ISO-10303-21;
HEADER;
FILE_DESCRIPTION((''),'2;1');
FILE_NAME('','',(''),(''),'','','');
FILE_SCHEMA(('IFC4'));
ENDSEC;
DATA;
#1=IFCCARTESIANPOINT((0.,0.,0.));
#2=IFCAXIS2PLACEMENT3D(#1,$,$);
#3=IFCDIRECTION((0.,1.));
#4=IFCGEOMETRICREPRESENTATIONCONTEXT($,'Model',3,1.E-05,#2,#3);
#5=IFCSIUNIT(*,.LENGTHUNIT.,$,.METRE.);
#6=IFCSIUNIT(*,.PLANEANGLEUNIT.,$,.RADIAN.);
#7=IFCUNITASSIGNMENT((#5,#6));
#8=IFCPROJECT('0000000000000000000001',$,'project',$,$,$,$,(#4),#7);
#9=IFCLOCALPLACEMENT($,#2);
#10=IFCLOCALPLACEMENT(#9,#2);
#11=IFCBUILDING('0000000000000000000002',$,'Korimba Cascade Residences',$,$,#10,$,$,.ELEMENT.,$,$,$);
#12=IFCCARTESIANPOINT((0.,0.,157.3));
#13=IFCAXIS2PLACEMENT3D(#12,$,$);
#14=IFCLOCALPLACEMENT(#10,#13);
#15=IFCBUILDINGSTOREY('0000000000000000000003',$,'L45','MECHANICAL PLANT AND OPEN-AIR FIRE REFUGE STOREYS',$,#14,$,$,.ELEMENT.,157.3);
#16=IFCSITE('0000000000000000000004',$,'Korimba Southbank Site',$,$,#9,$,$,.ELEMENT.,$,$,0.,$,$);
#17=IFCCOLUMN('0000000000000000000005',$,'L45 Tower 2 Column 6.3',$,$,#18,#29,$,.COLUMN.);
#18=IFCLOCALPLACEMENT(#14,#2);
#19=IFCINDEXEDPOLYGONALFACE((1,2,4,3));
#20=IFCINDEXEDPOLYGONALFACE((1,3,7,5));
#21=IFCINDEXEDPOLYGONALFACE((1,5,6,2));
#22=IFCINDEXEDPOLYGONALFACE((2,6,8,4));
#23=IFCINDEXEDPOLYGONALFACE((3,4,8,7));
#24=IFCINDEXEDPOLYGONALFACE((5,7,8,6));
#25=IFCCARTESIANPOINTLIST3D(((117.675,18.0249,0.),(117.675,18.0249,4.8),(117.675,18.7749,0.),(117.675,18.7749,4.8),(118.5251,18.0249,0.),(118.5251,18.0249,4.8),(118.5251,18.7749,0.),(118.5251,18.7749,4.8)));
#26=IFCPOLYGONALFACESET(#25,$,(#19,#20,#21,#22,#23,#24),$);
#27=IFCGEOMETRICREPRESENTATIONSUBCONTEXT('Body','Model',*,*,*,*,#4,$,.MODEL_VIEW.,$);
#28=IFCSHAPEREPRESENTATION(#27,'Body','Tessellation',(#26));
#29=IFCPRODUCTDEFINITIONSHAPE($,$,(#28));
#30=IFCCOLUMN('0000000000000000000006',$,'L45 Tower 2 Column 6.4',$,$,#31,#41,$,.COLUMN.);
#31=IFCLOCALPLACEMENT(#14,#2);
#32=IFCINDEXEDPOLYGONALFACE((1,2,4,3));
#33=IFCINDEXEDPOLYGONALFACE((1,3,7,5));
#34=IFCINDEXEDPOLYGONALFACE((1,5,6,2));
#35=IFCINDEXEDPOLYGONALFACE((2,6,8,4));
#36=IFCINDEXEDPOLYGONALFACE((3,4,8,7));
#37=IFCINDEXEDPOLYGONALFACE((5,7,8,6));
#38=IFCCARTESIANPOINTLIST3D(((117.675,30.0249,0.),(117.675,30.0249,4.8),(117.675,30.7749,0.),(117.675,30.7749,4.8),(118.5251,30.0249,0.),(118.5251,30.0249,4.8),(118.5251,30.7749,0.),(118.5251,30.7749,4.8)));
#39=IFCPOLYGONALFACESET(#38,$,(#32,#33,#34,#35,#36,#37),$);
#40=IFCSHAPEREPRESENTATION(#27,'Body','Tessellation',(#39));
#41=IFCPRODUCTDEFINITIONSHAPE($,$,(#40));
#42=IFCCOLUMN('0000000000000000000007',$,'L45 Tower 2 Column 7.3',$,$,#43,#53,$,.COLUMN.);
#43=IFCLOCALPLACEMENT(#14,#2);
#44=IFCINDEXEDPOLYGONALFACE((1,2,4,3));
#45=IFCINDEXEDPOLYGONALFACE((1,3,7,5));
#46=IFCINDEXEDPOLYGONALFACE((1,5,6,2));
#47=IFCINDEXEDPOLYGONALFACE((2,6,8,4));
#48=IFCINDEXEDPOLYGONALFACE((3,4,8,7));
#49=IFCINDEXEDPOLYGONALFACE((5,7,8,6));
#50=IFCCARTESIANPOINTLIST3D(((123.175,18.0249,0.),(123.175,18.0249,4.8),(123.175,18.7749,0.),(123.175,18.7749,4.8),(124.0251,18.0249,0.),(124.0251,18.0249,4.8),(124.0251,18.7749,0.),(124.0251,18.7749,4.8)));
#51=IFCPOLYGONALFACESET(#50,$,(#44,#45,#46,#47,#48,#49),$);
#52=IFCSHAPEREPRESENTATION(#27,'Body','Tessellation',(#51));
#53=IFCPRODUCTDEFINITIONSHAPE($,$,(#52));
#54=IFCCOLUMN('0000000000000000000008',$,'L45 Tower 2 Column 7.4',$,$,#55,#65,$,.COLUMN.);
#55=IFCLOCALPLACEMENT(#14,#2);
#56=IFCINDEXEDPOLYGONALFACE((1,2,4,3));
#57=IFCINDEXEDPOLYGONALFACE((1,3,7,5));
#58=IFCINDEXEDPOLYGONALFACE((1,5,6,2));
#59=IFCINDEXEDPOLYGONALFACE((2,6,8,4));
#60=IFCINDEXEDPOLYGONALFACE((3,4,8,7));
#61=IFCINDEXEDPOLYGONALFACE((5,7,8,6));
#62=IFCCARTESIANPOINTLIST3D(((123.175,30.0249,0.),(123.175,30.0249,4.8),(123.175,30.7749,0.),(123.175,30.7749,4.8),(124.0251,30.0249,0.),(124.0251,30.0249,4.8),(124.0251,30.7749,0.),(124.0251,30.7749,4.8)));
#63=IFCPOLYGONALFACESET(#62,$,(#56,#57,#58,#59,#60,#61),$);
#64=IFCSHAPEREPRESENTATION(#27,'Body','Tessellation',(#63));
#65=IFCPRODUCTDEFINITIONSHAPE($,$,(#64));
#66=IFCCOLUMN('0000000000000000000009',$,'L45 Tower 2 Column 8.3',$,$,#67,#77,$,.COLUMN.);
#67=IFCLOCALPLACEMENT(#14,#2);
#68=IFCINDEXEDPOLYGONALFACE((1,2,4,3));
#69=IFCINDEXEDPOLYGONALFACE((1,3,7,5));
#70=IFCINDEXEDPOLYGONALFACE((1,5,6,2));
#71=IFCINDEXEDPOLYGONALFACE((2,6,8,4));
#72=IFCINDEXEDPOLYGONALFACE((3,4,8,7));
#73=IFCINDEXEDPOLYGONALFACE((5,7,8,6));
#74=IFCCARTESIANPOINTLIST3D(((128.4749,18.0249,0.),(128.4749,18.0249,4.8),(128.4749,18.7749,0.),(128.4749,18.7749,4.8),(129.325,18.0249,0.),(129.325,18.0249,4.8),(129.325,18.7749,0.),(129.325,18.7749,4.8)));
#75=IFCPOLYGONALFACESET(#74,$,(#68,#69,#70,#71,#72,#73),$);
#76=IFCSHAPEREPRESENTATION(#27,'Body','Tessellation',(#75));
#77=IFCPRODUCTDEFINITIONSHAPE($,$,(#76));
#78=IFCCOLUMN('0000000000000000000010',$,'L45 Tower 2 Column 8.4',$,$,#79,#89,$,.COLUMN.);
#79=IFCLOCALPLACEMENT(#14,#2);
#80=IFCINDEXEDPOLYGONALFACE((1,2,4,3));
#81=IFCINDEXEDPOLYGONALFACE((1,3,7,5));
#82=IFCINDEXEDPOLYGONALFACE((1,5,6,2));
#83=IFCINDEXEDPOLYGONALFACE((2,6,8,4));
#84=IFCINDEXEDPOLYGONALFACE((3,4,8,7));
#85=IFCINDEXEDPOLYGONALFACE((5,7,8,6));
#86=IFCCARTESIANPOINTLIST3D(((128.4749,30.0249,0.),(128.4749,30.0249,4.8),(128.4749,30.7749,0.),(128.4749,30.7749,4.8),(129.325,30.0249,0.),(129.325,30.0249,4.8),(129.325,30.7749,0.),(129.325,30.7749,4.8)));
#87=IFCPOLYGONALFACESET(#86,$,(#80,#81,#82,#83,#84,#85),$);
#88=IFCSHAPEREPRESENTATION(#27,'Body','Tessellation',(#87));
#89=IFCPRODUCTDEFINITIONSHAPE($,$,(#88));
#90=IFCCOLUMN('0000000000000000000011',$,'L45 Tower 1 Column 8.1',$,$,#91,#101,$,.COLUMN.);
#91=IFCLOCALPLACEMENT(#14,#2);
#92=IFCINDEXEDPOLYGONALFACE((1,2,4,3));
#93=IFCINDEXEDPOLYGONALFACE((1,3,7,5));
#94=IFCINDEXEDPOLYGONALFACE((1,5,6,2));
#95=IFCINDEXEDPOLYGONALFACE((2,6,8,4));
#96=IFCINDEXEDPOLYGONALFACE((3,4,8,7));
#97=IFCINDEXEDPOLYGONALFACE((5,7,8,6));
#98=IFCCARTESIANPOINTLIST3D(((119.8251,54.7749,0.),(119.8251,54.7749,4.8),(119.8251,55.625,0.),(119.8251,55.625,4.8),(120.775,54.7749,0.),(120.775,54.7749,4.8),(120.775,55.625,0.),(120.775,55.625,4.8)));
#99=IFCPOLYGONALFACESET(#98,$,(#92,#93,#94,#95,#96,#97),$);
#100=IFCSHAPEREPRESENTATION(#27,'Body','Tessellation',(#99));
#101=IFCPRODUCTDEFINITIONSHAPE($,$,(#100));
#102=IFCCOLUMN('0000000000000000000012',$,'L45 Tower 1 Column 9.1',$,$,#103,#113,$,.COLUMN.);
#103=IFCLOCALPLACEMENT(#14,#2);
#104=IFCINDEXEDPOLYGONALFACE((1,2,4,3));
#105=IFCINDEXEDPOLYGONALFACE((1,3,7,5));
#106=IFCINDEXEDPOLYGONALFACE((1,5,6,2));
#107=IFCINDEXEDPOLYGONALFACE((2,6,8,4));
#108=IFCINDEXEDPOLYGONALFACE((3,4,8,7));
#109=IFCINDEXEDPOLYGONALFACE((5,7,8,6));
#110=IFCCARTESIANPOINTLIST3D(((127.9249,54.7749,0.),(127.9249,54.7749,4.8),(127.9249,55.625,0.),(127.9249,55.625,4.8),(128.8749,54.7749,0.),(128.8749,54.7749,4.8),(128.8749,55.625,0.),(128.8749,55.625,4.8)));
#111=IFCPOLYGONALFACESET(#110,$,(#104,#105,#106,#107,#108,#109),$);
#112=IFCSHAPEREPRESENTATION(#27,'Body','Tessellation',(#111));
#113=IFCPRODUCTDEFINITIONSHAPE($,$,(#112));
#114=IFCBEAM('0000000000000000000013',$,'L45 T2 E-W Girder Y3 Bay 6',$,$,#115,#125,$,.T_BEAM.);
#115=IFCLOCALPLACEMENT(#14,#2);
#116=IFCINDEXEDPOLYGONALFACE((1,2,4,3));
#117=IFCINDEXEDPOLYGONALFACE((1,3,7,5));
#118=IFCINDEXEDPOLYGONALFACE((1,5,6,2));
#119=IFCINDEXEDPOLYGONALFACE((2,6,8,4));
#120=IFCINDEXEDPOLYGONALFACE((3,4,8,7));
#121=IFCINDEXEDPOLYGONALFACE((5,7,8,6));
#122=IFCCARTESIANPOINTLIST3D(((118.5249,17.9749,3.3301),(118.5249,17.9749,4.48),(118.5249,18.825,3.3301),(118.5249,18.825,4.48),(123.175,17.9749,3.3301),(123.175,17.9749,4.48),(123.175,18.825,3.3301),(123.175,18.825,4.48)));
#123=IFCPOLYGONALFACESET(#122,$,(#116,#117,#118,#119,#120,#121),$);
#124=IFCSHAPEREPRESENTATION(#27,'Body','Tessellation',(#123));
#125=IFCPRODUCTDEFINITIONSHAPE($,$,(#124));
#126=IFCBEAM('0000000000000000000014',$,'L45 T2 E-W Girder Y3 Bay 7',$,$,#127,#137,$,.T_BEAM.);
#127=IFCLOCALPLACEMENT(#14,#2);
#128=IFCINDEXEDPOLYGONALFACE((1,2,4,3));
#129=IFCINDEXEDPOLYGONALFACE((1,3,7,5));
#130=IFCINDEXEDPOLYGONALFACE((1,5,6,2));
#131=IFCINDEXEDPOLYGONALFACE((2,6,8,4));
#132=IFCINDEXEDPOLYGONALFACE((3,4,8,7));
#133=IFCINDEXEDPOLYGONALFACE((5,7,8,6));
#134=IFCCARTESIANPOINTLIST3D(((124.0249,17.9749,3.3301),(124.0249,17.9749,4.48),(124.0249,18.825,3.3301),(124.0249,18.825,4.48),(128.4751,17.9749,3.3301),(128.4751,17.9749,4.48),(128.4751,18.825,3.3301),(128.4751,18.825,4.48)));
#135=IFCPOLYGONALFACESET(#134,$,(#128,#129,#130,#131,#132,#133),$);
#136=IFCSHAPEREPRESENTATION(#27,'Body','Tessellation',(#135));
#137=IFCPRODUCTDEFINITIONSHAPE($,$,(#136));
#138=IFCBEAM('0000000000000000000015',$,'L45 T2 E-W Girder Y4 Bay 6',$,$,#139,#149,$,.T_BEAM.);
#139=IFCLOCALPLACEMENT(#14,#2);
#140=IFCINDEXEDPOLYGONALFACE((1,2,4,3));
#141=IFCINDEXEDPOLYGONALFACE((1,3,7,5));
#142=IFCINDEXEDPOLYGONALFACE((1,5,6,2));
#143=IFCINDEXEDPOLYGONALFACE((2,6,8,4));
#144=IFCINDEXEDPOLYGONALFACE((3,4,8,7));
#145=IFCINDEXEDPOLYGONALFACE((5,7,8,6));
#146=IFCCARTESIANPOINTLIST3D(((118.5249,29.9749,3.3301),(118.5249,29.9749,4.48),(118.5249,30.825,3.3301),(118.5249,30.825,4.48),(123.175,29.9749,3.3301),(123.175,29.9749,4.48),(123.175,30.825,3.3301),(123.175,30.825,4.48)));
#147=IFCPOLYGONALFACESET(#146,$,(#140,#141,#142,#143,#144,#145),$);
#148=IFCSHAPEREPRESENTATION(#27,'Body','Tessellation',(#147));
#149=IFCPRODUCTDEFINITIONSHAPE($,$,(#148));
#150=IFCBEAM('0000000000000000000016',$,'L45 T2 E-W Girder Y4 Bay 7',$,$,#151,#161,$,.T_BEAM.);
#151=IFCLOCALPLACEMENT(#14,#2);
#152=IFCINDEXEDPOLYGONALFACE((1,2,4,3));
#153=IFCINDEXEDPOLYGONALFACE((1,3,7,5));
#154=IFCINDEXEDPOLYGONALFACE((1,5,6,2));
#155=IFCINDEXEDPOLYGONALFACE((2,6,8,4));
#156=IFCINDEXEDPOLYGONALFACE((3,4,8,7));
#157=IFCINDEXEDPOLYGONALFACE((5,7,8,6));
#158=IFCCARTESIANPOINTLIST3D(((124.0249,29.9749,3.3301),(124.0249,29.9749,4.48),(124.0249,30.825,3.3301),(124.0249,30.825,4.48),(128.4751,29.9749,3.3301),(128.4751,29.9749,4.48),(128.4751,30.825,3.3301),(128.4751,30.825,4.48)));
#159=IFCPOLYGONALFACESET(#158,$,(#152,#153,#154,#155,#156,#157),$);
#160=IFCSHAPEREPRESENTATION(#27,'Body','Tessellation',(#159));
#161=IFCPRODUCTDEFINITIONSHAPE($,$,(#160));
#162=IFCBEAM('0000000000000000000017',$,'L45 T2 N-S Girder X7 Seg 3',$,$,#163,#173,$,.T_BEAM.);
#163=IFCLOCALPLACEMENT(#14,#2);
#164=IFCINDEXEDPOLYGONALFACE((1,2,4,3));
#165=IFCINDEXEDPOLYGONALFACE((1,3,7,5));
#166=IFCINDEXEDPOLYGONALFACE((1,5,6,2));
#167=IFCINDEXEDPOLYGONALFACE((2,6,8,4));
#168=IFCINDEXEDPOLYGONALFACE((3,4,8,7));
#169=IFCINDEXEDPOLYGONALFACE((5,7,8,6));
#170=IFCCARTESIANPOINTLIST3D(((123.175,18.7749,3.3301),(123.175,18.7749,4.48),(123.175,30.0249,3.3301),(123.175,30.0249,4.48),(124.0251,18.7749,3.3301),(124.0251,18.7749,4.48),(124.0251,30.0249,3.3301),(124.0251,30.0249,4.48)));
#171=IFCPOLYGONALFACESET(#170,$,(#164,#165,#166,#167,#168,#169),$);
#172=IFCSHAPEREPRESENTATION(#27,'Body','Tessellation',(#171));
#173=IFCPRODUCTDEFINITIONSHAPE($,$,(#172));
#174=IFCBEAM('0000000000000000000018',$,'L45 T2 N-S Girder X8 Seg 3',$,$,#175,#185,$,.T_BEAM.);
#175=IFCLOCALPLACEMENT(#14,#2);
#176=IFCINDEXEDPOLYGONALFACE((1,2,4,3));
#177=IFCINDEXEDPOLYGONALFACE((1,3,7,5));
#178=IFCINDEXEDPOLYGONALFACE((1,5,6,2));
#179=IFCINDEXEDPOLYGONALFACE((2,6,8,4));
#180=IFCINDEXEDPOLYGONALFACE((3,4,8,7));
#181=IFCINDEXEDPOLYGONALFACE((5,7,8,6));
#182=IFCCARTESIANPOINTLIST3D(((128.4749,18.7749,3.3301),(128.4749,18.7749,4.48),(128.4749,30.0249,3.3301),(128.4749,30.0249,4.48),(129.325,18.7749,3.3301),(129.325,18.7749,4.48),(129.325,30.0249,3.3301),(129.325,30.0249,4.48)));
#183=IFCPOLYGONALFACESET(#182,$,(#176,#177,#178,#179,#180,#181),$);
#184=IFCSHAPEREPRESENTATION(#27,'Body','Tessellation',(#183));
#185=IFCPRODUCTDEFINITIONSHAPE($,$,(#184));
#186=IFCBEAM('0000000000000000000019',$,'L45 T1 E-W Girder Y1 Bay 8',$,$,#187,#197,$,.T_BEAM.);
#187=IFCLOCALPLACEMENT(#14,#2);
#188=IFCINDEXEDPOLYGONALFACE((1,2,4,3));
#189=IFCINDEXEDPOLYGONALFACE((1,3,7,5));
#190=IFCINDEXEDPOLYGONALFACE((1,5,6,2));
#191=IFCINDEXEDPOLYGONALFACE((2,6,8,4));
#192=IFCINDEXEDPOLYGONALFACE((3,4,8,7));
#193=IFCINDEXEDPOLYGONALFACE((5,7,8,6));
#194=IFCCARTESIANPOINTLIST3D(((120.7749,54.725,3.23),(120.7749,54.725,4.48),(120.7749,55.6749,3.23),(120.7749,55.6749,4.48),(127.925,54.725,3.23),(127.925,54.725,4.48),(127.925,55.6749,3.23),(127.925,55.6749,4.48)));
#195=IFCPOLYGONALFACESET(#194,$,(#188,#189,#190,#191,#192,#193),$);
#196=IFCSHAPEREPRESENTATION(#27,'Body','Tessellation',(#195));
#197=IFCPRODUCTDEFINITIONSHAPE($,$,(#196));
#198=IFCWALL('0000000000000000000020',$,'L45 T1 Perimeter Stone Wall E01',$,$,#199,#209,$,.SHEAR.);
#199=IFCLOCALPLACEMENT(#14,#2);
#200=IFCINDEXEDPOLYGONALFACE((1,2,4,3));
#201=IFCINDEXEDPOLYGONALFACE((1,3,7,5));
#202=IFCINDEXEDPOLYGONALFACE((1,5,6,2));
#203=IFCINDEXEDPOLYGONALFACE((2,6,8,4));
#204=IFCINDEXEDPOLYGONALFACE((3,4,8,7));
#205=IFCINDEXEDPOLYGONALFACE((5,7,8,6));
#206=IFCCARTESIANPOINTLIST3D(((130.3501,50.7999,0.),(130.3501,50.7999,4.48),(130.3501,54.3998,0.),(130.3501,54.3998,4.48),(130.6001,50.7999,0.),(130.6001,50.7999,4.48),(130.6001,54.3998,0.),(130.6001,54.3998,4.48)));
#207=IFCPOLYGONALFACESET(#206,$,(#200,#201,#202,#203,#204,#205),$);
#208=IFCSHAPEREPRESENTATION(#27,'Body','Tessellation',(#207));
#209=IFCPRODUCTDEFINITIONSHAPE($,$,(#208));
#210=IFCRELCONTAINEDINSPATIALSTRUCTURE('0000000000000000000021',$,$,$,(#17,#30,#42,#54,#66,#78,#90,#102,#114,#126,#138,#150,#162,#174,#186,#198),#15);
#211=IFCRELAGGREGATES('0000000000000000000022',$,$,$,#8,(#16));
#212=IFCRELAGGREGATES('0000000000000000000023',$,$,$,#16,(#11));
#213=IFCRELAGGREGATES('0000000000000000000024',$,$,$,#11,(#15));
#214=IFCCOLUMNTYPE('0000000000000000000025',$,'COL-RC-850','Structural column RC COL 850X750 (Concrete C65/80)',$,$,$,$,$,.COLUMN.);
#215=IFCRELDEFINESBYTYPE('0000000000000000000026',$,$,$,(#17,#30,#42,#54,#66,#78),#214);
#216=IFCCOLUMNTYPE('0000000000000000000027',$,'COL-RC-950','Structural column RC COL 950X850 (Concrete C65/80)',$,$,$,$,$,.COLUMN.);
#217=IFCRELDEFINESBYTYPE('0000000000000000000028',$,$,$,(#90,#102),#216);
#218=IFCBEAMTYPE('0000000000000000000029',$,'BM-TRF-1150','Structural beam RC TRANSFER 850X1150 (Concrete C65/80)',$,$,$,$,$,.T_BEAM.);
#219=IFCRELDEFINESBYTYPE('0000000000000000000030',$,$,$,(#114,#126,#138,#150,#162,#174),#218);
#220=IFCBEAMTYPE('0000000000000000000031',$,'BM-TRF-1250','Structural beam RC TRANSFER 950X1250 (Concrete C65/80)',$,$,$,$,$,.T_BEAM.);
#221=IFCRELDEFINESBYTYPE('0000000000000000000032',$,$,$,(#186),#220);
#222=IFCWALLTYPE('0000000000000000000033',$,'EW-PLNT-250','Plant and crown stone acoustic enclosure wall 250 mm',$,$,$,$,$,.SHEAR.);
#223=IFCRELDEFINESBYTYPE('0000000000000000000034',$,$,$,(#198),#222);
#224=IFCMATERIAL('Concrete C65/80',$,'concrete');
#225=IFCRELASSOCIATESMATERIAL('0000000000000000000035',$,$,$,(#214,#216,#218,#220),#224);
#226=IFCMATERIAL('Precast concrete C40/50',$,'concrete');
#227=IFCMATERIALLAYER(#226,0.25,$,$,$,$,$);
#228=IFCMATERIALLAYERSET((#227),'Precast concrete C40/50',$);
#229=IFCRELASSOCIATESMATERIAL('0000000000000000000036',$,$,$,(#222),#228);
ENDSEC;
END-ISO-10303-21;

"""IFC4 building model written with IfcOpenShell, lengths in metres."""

from ifc_helpers import new_model, si_unit, direction, frame, frame_2d, origin, origin_2d, place, context, subcontext, project, spatial, rectangle, extrude, material, layer, layer_set, material_profile, profile_set, type_object, element, save


model = new_model("IFC4")

# Units and contexts
model_context = context("Model", 3, precision=1e-05, world=origin(), true_north=direction((0.0, 1.0)))
body_context = subcontext(model_context, "Body", "Model", "MODEL_VIEW")
ifc_project = project(units=[si_unit("LENGTHUNIT", "METRE"), si_unit("PLANEANGLEUNIT", "RADIAN")], contexts=[model_context])

# Site, building, storey
site_placement = place(None, origin())
site = spatial("IfcSite", under=ifc_project, at=site_placement, Name="Korimba Southbank Site", CompositionType="ELEMENT", RefElevation=0.0)
building_placement = place(site_placement, origin())
building = spatial("IfcBuilding", under=site, at=building_placement, Name="Korimba Cascade Residences", CompositionType="ELEMENT")
storey_placement = place(building_placement, frame((0.0, 0.0, 157.3)))
storey = spatial("IfcBuildingStorey", under=building, at=storey_placement, Name="L45", Description="MECHANICAL PLANT AND OPEN-AIR FIRE REFUGE STOREYS", CompositionType="ELEMENT", Elevation=157.3)

# Columns
ifc_material_1 = material(Name="Concrete C65/80", Category="concrete")
ifc_material_profile_1 = material_profile(ifc_material_1, rectangle(XDim=0.8501, YDim=0.75, at=origin_2d()), Name="Concrete C65/80")
ifc_profile_set_1 = profile_set([ifc_material_profile_1], Name="Concrete C65/80")
column_type_1 = type_object("IfcColumnType", Name="COL-RC-850", Description="Structural column RC COL 850X750 (Concrete C65/80)", PredefinedType="COLUMN", material=ifc_profile_set_1)
for number, where, z_axis, x_axis, name in (
    (1, (118.1001, 18.3999, 0.0), (0.0, 0.0, 1.0), (1.0, 0.0, 0.0), "L45 Tower 2 Column 6.3"),
    (2, (118.1001, 30.3999, 0.0), (0.0, 0.0, 1.0), (1.0, 0.0, 0.0), "L45 Tower 2 Column 6.4"),
    (3, (123.6001, 18.3999, 0.0), (0.0, 0.0, 1.0), (1.0, 0.0, 0.0), "L45 Tower 2 Column 7.3"),
    (4, (123.6001, 30.3999, 0.0), (0.0, 0.0, 1.0), (1.0, 0.0, 0.0), "L45 Tower 2 Column 7.4"),
    (5, (128.8999, 18.3999, 0.0), (0.0, 0.0, 1.0), (1.0, 0.0, 0.0), "L45 Tower 2 Column 8.3"),
    (6, (128.8999, 30.3999, 0.0), (0.0, 0.0, 1.0), (1.0, 0.0, 0.0), "L45 Tower 2 Column 8.4"),
):
    element("IfcColumn", number, at=place(storey_placement, frame(where, z_axis=z_axis, x_axis=x_axis)), inside=storey, type_object=column_type_1, Name=name, PredefinedType="COLUMN", context=body_context, shape_type="SweptSolid", body=[
        extrude(rectangle(XDim=0.8501, YDim=0.75, at=origin_2d()), origin(), (0.0, 0.0, 1.0), 4.8),
    ])
ifc_material_profile_2 = material_profile(ifc_material_1, rectangle(XDim=0.95, YDim=0.8501, at=origin_2d()), Name="Concrete C65/80")
ifc_profile_set_2 = profile_set([ifc_material_profile_2], Name="Concrete C65/80")
column_type_2 = type_object("IfcColumnType", Name="COL-RC-950", Description="Structural column RC COL 950X850 (Concrete C65/80)", PredefinedType="COLUMN", material=ifc_profile_set_2)
for number, where, z_axis, x_axis, name in (
    (7, (120.3, 55.2, 0.0), (0.0, 0.0, 1.0), (1.0, 0.0, 0.0), "L45 Tower 1 Column 8.1"),
    (8, (128.3999, 55.2, 0.0), (0.0, 0.0, 1.0), (1.0, 0.0, 0.0), "L45 Tower 1 Column 9.1"),
):
    element("IfcColumn", number, at=place(storey_placement, frame(where, z_axis=z_axis, x_axis=x_axis)), inside=storey, type_object=column_type_2, Name=name, PredefinedType="COLUMN", context=body_context, shape_type="SweptSolid", body=[
        extrude(rectangle(XDim=0.95, YDim=0.8501, at=origin_2d()), origin(), (0.0, 0.0, 1.0), 4.8),
    ])

# Beams
ifc_material_profile_3 = material_profile(ifc_material_1, rectangle(XDim=0.8501, YDim=1.1499, at=origin_2d()), Name="Concrete C65/80")
ifc_profile_set_3 = profile_set([ifc_material_profile_3], Name="Concrete C65/80")
beam_type_1 = type_object("IfcBeamType", Name="BM-TRF-1150", Description="Structural beam RC TRANSFER 850X1150 (Concrete C65/80)", PredefinedType="T_BEAM", material=ifc_profile_set_3)
beam_1_placement = place(storey_placement, frame((118.5249, 18.3999, 3.905), z_axis=(1.0, 0.0, 0.0), x_axis=(0.0, 1.0, 0.0)))
element("IfcBeam", 9, at=beam_1_placement, inside=storey, type_object=beam_type_1, Name="L45 T2 E-W Girder Y3 Bay 6", PredefinedType="T_BEAM", context=body_context, shape_type="SweptSolid", body=[
    extrude(rectangle(XDim=0.8501, YDim=1.1499, at=origin_2d()), origin(), (0.0, 0.0, 1.0), 4.6501),
])
beam_2_placement = place(storey_placement, frame((124.0249, 18.3999, 3.905), z_axis=(1.0, 0.0, 0.0), x_axis=(0.0, 1.0, 0.0)))
element("IfcBeam", 10, at=beam_2_placement, inside=storey, type_object=beam_type_1, Name="L45 T2 E-W Girder Y3 Bay 7", PredefinedType="T_BEAM", context=body_context, shape_type="SweptSolid", body=[
    extrude(rectangle(XDim=0.8501, YDim=1.1499, at=origin_2d()), origin(), (0.0, 0.0, 1.0), 4.4502),
])
beam_3_placement = place(storey_placement, frame((118.5249, 30.3999, 3.905), z_axis=(1.0, 0.0, 0.0), x_axis=(0.0, 1.0, 0.0)))
element("IfcBeam", 11, at=beam_3_placement, inside=storey, type_object=beam_type_1, Name="L45 T2 E-W Girder Y4 Bay 6", PredefinedType="T_BEAM", context=body_context, shape_type="SweptSolid", body=[
    extrude(rectangle(XDim=0.8501, YDim=1.1499, at=origin_2d()), origin(), (0.0, 0.0, 1.0), 4.6501),
])
beam_4_placement = place(storey_placement, frame((124.0249, 30.3999, 3.905), z_axis=(1.0, 0.0, 0.0), x_axis=(0.0, 1.0, 0.0)))
element("IfcBeam", 12, at=beam_4_placement, inside=storey, type_object=beam_type_1, Name="L45 T2 E-W Girder Y4 Bay 7", PredefinedType="T_BEAM", context=body_context, shape_type="SweptSolid", body=[
    extrude(rectangle(XDim=0.8501, YDim=1.1499, at=origin_2d()), origin(), (0.0, 0.0, 1.0), 4.4502),
])
for number, where, z_axis, x_axis, name in (
    (13, (123.6001, 18.7749, 3.905), (0.0, 1.0, 0.0), (-1.0, 0.0, 0.0), "L45 T2 N-S Girder X7 Seg 3"),
    (14, (128.8999, 18.7749, 3.905), (0.0, 1.0, 0.0), (-1.0, 0.0, 0.0), "L45 T2 N-S Girder X8 Seg 3"),
):
    element("IfcBeam", number, at=place(storey_placement, frame(where, z_axis=z_axis, x_axis=x_axis)), inside=storey, type_object=beam_type_1, Name=name, PredefinedType="T_BEAM", context=body_context, shape_type="SweptSolid", body=[
        extrude(rectangle(XDim=0.8501, YDim=1.1499, at=origin_2d()), origin(), (0.0, 0.0, 1.0), 11.25),
    ])
ifc_material_profile_4 = material_profile(ifc_material_1, rectangle(XDim=0.95, YDim=1.25, at=origin_2d()), Name="Concrete C65/80")
ifc_profile_set_4 = profile_set([ifc_material_profile_4], Name="Concrete C65/80")
beam_type_2 = type_object("IfcBeamType", Name="BM-TRF-1250", Description="Structural beam RC TRANSFER 950X1250 (Concrete C65/80)", PredefinedType="T_BEAM", material=ifc_profile_set_4)
beam_5_placement = place(storey_placement, frame((120.7749, 55.2, 3.855), z_axis=(1.0, 0.0, 0.0), x_axis=(0.0, 1.0, 0.0)))
element("IfcBeam", 15, at=beam_5_placement, inside=storey, type_object=beam_type_2, Name="L45 T1 E-W Girder Y1 Bay 8", PredefinedType="T_BEAM", context=body_context, shape_type="SweptSolid", body=[
    extrude(rectangle(XDim=0.95, YDim=1.25, at=origin_2d()), origin(), (0.0, 0.0, 1.0), 7.1501),
])

# Wall
ifc_material_2 = material(Name="Precast concrete C40/50", Category="concrete")
ifc_layer_1 = layer(ifc_material_2, 0.25)
ifc_layer_set_1 = layer_set([ifc_layer_1], Name="Precast concrete C40/50")
wall_type_1 = type_object("IfcWallType", Name="EW-PLNT-250", Description="Plant and crown stone acoustic enclosure wall 250 mm", PredefinedType="SHEAR", material=ifc_layer_set_1)
for number, where, z_axis, x_axis, name in (
    (16, (130.4751, 50.8, 0.0), (0.0, 0.0, 1.0), (0.0, 1.0, 0.0), "L45 T1 Perimeter Stone Wall E01"),
):
    element("IfcWall", number, at=place(storey_placement, frame(where, z_axis=z_axis, x_axis=x_axis)), inside=storey, type_object=wall_type_1, Name=name, PredefinedType="SHEAR", context=body_context, shape_type="SweptSolid", body=[
        extrude(rectangle(XDim=3.5999, YDim=0.25, at=frame_2d((1.7998, 0.0))), origin(), (0.0, 0.0, 1.0), 4.48),
    ])

save(model, "model.ifc")
